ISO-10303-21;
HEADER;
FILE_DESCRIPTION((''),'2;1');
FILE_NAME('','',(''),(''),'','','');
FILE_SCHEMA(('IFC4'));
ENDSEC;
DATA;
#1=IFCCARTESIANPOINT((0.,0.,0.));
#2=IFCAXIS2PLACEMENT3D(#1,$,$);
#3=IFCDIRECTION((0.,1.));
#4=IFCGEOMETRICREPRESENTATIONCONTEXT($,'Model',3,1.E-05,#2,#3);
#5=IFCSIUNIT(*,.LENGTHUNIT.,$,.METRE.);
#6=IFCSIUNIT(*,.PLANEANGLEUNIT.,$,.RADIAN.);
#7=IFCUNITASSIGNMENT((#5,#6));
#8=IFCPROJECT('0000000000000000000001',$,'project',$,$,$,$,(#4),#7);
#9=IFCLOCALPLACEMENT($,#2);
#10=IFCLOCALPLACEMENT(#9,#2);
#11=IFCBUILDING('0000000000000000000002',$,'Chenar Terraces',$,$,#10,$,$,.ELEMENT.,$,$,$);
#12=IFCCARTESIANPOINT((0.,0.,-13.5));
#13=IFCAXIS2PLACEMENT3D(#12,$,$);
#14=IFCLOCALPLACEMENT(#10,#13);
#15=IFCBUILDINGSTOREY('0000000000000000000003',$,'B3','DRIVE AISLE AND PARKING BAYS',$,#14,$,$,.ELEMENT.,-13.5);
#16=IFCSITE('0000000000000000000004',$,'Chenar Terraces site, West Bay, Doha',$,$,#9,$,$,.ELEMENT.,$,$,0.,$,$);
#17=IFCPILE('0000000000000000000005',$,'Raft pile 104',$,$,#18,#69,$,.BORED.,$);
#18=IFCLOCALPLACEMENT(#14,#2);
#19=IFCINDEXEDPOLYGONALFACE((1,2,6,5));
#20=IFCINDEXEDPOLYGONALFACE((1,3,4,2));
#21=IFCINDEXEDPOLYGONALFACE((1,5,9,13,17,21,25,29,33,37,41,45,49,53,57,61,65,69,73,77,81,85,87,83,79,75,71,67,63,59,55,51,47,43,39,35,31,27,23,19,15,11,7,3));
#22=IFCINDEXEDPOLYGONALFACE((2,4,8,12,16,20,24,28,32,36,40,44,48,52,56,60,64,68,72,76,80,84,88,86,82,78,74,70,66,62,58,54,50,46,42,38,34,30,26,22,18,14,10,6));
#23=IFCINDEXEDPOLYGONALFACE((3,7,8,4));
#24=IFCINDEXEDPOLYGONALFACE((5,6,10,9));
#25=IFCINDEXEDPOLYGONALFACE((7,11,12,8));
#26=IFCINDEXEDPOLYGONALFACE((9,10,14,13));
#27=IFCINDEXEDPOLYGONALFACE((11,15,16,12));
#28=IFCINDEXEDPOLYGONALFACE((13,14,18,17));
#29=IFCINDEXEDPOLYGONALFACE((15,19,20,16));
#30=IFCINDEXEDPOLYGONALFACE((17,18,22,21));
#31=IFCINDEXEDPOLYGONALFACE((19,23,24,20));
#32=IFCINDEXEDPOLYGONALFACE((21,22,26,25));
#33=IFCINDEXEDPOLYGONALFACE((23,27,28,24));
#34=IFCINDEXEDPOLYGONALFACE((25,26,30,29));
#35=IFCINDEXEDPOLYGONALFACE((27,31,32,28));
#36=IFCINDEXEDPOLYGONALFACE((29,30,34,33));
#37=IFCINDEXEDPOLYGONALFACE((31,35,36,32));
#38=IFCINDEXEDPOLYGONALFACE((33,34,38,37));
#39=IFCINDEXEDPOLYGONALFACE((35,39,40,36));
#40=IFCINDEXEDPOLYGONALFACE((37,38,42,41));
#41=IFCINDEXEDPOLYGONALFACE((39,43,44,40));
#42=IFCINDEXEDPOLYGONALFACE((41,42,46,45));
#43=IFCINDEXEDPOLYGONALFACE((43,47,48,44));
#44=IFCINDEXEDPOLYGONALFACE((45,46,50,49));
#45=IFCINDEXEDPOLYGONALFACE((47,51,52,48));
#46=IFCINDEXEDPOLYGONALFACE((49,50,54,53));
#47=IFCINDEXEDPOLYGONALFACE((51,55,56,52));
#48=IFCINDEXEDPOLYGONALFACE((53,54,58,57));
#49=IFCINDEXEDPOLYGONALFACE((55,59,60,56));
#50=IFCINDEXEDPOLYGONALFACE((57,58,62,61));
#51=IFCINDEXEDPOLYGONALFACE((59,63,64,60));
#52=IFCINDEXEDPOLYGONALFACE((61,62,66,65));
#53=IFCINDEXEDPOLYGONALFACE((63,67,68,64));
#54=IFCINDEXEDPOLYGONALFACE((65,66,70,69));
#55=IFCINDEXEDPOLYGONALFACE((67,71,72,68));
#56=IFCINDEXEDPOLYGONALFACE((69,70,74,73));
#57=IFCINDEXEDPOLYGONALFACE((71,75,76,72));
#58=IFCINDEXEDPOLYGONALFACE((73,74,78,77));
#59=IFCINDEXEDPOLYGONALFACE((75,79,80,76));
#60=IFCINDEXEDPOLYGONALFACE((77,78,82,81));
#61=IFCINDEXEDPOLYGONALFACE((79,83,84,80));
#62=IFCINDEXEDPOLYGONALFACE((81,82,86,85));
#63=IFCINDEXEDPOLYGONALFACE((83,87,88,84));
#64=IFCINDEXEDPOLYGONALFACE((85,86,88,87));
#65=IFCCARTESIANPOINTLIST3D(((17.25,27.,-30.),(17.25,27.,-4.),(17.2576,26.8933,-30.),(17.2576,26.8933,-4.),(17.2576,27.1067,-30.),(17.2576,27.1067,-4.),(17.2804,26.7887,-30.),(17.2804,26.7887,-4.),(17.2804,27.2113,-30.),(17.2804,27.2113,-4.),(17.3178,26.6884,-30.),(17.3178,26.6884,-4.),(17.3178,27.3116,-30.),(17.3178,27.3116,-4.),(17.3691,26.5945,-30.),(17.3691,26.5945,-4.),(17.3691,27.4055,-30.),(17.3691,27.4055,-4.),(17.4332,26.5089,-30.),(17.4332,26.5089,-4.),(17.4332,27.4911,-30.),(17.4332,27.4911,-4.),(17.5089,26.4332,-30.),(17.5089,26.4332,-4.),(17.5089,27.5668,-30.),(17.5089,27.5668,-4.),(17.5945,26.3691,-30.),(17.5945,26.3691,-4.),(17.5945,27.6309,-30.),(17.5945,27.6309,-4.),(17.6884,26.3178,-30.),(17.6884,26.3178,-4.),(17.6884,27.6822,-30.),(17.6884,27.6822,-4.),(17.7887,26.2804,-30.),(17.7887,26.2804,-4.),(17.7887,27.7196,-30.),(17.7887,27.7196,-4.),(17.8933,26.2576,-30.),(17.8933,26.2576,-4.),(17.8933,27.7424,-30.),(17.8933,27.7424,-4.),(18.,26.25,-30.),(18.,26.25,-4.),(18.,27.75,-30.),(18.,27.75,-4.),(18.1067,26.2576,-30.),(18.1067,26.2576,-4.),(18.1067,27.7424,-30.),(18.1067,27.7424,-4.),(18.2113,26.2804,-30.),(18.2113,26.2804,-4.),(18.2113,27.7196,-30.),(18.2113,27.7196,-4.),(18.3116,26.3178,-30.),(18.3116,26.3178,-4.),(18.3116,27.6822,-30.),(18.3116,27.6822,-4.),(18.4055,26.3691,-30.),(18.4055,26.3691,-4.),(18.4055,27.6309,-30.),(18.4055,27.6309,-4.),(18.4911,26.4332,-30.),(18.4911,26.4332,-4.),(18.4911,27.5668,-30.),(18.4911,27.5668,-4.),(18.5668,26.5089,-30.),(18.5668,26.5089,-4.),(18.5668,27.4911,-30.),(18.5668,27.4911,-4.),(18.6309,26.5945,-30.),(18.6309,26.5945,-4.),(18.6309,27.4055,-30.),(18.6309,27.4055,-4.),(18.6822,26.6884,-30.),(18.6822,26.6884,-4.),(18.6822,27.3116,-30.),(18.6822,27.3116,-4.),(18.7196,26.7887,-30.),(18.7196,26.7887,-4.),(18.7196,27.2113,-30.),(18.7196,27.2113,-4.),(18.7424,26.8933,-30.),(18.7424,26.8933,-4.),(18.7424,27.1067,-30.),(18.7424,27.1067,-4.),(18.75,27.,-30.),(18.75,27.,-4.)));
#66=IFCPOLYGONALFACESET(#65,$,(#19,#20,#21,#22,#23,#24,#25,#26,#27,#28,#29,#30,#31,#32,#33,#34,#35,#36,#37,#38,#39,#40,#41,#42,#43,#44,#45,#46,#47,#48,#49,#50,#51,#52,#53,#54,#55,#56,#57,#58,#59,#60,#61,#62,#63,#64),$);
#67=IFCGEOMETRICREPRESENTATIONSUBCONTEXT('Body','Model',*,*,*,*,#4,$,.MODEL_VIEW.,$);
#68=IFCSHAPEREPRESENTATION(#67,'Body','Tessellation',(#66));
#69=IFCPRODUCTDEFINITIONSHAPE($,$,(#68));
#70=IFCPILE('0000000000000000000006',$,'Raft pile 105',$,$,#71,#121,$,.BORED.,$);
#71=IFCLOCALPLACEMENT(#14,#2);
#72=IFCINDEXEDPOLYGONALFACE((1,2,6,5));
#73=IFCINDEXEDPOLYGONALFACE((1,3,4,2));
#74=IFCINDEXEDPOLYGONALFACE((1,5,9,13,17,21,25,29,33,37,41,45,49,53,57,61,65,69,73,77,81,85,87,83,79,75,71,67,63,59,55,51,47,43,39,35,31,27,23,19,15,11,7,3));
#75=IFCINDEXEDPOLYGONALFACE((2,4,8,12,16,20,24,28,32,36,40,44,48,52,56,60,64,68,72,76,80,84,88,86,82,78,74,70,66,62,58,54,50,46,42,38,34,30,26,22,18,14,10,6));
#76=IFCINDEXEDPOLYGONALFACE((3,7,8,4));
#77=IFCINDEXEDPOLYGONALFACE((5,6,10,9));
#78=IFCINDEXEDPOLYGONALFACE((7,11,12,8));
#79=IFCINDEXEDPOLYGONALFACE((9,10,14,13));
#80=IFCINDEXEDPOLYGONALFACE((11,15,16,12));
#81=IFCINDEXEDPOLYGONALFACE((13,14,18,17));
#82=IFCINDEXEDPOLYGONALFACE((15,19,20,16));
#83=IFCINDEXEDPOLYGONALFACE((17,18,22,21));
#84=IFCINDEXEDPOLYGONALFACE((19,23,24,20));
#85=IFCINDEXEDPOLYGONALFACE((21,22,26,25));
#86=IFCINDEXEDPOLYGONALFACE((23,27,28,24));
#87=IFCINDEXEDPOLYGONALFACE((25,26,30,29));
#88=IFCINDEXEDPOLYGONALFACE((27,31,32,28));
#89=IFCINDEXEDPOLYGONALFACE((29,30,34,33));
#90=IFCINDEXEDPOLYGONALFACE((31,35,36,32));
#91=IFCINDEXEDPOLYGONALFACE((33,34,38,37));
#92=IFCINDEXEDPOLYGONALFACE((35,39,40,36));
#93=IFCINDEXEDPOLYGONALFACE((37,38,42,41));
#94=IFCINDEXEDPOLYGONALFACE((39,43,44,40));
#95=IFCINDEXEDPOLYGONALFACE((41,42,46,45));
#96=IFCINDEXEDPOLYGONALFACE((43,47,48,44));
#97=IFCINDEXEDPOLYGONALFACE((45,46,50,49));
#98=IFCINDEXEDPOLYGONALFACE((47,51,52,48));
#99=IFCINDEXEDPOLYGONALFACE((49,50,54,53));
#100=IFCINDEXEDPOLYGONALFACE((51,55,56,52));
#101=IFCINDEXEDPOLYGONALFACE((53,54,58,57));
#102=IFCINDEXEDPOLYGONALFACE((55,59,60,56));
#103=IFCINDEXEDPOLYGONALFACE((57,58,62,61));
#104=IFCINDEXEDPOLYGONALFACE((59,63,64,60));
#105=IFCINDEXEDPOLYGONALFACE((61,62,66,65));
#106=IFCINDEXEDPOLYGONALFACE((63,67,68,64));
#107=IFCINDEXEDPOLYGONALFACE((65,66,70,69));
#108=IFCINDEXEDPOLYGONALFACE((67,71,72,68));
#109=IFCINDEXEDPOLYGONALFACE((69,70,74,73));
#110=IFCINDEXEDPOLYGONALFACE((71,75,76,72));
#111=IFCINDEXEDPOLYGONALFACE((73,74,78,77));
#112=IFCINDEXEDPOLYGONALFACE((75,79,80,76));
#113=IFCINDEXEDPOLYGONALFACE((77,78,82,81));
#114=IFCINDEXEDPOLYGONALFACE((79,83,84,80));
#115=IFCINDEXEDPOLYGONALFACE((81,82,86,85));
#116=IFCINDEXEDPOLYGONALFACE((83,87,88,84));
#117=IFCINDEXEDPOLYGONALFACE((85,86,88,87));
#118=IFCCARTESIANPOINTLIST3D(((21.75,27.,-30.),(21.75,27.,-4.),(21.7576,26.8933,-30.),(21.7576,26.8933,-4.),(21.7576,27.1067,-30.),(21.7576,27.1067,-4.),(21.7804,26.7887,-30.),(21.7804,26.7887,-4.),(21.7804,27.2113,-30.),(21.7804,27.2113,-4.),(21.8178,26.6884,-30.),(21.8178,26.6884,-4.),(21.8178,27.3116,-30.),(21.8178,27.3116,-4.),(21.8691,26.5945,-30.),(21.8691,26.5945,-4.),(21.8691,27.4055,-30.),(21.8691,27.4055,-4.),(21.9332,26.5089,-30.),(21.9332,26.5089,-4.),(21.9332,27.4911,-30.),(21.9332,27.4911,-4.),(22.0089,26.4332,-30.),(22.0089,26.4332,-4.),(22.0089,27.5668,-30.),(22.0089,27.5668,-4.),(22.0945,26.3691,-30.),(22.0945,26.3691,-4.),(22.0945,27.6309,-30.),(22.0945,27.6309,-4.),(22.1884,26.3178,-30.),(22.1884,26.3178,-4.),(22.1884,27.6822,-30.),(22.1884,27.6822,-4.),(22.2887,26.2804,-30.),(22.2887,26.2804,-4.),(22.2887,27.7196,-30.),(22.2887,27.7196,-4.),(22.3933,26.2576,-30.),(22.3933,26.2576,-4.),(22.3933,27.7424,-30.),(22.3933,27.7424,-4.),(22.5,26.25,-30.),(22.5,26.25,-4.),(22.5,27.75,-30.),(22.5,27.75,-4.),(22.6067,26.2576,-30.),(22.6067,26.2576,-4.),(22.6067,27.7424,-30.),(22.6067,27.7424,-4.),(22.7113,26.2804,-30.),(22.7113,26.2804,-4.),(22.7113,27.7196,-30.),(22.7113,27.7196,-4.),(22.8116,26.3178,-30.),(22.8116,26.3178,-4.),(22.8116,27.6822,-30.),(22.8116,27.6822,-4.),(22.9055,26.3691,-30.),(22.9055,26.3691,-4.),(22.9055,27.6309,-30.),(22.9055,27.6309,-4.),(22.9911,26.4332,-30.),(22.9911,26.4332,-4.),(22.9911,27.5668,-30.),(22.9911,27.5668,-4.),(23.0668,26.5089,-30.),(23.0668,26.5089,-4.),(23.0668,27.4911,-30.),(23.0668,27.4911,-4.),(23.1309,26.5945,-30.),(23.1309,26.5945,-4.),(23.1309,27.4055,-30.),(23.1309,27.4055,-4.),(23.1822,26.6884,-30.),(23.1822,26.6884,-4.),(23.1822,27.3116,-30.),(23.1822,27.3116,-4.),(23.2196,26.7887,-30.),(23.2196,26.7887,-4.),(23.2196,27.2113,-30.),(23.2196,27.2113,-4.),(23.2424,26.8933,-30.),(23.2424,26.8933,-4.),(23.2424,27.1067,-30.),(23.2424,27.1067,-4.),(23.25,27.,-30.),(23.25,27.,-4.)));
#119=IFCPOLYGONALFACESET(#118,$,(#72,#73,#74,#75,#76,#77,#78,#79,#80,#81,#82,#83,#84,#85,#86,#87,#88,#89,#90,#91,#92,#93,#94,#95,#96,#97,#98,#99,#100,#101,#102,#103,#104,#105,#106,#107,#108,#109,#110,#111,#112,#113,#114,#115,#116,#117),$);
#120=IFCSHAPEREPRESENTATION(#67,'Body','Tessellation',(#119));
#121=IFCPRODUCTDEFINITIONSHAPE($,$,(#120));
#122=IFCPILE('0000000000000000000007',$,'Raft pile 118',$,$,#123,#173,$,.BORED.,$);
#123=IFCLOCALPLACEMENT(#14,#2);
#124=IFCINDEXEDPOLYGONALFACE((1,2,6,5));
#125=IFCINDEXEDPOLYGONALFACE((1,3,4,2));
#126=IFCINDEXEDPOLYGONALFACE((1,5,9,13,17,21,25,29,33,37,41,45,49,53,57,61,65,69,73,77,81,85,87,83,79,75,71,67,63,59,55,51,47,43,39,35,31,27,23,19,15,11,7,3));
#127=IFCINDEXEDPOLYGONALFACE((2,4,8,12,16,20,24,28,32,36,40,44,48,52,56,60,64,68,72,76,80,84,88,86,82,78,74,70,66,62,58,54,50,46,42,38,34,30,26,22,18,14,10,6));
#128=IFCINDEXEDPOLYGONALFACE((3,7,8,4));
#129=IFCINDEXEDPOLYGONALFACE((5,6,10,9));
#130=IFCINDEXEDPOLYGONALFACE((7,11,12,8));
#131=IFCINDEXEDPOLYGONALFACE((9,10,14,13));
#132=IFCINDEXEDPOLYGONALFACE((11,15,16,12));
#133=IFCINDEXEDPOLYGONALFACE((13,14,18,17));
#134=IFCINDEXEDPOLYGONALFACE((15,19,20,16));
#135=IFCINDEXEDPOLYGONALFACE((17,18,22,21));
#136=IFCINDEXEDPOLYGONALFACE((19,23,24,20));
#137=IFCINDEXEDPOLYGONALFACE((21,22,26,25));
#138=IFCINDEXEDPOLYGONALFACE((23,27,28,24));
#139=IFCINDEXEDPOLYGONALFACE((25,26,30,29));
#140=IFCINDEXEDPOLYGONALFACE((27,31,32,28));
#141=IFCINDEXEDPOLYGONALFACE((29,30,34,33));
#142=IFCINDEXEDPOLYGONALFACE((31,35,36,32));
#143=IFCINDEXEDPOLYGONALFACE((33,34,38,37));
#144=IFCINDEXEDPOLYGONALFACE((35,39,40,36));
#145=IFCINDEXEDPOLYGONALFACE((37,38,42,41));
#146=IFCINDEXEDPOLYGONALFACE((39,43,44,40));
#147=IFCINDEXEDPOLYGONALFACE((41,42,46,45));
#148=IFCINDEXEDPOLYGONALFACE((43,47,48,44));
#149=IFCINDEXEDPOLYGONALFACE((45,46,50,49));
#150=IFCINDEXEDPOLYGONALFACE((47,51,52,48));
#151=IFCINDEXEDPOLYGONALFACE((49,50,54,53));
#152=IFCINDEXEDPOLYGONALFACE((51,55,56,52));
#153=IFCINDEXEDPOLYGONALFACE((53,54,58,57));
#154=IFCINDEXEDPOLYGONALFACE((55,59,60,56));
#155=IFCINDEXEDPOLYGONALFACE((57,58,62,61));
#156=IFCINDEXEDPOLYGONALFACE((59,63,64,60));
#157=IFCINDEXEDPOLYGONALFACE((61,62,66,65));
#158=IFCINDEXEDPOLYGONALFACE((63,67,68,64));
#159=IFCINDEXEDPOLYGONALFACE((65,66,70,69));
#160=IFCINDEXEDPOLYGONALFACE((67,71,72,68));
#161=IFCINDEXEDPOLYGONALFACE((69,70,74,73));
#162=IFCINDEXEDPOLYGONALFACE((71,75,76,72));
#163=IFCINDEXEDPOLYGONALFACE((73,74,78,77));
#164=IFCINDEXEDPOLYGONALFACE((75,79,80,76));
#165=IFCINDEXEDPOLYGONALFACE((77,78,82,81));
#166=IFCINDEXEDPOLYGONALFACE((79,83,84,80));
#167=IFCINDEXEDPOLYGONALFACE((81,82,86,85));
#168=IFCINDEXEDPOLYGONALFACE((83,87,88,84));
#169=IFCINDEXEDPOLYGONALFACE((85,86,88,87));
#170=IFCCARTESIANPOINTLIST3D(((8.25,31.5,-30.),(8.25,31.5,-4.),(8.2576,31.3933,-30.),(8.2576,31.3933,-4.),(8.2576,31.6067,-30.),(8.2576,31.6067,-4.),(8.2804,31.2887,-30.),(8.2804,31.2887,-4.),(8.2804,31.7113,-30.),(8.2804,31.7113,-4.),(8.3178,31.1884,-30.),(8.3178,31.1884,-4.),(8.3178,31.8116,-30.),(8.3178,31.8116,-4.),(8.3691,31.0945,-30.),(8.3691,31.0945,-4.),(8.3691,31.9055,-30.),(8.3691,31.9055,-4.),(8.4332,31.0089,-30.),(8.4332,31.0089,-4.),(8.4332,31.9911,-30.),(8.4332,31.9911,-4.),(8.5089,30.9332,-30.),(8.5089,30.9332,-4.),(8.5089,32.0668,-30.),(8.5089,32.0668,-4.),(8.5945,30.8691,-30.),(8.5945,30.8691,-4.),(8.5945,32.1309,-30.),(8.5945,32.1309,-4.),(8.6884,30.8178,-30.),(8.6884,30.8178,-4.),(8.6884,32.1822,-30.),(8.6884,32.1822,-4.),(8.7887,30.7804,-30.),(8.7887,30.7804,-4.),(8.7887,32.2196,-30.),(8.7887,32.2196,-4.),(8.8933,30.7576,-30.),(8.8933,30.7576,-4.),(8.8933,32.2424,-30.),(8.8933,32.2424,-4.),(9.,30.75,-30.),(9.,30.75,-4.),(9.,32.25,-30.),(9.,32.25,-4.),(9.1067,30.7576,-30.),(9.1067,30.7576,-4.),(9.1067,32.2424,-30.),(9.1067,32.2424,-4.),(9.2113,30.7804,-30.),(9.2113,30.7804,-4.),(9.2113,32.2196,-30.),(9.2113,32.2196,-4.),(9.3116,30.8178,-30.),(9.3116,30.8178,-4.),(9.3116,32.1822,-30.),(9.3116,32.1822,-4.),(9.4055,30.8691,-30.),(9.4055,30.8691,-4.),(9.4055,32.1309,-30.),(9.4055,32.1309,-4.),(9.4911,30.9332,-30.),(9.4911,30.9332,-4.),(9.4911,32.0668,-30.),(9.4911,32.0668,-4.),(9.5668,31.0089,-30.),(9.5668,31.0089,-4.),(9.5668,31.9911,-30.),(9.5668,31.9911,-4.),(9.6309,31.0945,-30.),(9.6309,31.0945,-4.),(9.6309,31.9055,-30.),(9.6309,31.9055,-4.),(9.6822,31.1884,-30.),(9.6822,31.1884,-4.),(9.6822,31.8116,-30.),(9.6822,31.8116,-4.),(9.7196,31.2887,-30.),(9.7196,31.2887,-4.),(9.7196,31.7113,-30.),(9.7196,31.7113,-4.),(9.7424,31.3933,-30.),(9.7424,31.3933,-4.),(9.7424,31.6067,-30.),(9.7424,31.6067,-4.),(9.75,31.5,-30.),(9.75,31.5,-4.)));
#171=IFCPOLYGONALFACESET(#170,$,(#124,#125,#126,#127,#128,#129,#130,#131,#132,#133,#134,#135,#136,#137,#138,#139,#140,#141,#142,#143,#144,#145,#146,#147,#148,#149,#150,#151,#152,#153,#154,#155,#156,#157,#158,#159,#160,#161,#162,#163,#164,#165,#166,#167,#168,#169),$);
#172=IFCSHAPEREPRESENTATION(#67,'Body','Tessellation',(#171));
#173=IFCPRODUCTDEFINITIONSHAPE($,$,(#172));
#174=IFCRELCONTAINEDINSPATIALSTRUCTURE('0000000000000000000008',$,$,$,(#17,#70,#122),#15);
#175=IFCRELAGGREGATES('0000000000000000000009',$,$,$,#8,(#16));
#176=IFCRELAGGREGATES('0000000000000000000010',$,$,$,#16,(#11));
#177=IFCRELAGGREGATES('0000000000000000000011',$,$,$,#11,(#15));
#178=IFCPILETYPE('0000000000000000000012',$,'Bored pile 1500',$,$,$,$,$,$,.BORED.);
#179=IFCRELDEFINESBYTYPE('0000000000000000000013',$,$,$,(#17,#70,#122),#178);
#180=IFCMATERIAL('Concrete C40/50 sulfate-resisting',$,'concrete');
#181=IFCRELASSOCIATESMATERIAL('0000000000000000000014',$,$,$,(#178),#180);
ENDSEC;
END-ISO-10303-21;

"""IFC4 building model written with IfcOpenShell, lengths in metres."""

from ifc_helpers import new_model, si_unit, direction, frame, origin, origin_2d, place, context, subcontext, project, spatial, circle, extrude, material, material_profile, profile_set, type_object, element, save


model = new_model("IFC4")

# Units and contexts
model_context = context("Model", 3, precision=1e-05, world=origin(), true_north=direction((0.0, 1.0)))
body_context = subcontext(model_context, "Body", "Model", "MODEL_VIEW")
ifc_project = project(units=[si_unit("LENGTHUNIT", "METRE"), si_unit("PLANEANGLEUNIT", "RADIAN")], contexts=[model_context])

# Site, building, storey
site_placement = place(None, origin())
site = spatial("IfcSite", under=ifc_project, at=site_placement, Name="Chenar Terraces site, West Bay, Doha", CompositionType="ELEMENT", RefElevation=0.0)
building_placement = place(site_placement, origin())
building = spatial("IfcBuilding", under=site, at=building_placement, Name="Chenar Terraces", CompositionType="ELEMENT")
storey_placement = place(building_placement, frame((0.0, 0.0, -13.5)))
storey = spatial("IfcBuildingStorey", under=building, at=storey_placement, Name="B3", Description="DRIVE AISLE AND PARKING BAYS", CompositionType="ELEMENT", Elevation=-13.5)

# Piles
ifc_material_1 = material(Name="Concrete C40/50 sulfate-resisting", Category="concrete")
ifc_material_profile_1 = material_profile(ifc_material_1, circle(Radius=0.75, at=origin_2d()), Name="BP 1500")
ifc_profile_set_1 = profile_set([ifc_material_profile_1], Name="Concrete C40/50 sulfate-resisting")
pile_type = type_object("IfcPileType", Name="Bored pile 1500", PredefinedType="BORED", material=ifc_profile_set_1)
for number, where, z_axis, x_axis, name in (
    (1, (18.0, 27.0, -4.0), (0.0, 0.0, -1.0), (1.0, 0.0, 0.0), "Raft pile 104"),
    (2, (22.5, 27.0, -4.0), (0.0, 0.0, -1.0), (1.0, 0.0, 0.0), "Raft pile 105"),
    (3, (9.0, 31.5, -4.0), (0.0, 0.0, -1.0), (1.0, 0.0, 0.0), "Raft pile 118"),
):
    element("IfcPile", number, at=place(storey_placement, frame(where, z_axis=z_axis, x_axis=x_axis)), inside=storey, type_object=pile_type, Name=name, PredefinedType="BORED", context=body_context, shape_type="SweptSolid", body=[
        extrude(circle(Radius=0.75, at=origin_2d()), origin(), (0.0, 0.0, 1.0), 26.0),
    ])

save(model, "model.ifc")
